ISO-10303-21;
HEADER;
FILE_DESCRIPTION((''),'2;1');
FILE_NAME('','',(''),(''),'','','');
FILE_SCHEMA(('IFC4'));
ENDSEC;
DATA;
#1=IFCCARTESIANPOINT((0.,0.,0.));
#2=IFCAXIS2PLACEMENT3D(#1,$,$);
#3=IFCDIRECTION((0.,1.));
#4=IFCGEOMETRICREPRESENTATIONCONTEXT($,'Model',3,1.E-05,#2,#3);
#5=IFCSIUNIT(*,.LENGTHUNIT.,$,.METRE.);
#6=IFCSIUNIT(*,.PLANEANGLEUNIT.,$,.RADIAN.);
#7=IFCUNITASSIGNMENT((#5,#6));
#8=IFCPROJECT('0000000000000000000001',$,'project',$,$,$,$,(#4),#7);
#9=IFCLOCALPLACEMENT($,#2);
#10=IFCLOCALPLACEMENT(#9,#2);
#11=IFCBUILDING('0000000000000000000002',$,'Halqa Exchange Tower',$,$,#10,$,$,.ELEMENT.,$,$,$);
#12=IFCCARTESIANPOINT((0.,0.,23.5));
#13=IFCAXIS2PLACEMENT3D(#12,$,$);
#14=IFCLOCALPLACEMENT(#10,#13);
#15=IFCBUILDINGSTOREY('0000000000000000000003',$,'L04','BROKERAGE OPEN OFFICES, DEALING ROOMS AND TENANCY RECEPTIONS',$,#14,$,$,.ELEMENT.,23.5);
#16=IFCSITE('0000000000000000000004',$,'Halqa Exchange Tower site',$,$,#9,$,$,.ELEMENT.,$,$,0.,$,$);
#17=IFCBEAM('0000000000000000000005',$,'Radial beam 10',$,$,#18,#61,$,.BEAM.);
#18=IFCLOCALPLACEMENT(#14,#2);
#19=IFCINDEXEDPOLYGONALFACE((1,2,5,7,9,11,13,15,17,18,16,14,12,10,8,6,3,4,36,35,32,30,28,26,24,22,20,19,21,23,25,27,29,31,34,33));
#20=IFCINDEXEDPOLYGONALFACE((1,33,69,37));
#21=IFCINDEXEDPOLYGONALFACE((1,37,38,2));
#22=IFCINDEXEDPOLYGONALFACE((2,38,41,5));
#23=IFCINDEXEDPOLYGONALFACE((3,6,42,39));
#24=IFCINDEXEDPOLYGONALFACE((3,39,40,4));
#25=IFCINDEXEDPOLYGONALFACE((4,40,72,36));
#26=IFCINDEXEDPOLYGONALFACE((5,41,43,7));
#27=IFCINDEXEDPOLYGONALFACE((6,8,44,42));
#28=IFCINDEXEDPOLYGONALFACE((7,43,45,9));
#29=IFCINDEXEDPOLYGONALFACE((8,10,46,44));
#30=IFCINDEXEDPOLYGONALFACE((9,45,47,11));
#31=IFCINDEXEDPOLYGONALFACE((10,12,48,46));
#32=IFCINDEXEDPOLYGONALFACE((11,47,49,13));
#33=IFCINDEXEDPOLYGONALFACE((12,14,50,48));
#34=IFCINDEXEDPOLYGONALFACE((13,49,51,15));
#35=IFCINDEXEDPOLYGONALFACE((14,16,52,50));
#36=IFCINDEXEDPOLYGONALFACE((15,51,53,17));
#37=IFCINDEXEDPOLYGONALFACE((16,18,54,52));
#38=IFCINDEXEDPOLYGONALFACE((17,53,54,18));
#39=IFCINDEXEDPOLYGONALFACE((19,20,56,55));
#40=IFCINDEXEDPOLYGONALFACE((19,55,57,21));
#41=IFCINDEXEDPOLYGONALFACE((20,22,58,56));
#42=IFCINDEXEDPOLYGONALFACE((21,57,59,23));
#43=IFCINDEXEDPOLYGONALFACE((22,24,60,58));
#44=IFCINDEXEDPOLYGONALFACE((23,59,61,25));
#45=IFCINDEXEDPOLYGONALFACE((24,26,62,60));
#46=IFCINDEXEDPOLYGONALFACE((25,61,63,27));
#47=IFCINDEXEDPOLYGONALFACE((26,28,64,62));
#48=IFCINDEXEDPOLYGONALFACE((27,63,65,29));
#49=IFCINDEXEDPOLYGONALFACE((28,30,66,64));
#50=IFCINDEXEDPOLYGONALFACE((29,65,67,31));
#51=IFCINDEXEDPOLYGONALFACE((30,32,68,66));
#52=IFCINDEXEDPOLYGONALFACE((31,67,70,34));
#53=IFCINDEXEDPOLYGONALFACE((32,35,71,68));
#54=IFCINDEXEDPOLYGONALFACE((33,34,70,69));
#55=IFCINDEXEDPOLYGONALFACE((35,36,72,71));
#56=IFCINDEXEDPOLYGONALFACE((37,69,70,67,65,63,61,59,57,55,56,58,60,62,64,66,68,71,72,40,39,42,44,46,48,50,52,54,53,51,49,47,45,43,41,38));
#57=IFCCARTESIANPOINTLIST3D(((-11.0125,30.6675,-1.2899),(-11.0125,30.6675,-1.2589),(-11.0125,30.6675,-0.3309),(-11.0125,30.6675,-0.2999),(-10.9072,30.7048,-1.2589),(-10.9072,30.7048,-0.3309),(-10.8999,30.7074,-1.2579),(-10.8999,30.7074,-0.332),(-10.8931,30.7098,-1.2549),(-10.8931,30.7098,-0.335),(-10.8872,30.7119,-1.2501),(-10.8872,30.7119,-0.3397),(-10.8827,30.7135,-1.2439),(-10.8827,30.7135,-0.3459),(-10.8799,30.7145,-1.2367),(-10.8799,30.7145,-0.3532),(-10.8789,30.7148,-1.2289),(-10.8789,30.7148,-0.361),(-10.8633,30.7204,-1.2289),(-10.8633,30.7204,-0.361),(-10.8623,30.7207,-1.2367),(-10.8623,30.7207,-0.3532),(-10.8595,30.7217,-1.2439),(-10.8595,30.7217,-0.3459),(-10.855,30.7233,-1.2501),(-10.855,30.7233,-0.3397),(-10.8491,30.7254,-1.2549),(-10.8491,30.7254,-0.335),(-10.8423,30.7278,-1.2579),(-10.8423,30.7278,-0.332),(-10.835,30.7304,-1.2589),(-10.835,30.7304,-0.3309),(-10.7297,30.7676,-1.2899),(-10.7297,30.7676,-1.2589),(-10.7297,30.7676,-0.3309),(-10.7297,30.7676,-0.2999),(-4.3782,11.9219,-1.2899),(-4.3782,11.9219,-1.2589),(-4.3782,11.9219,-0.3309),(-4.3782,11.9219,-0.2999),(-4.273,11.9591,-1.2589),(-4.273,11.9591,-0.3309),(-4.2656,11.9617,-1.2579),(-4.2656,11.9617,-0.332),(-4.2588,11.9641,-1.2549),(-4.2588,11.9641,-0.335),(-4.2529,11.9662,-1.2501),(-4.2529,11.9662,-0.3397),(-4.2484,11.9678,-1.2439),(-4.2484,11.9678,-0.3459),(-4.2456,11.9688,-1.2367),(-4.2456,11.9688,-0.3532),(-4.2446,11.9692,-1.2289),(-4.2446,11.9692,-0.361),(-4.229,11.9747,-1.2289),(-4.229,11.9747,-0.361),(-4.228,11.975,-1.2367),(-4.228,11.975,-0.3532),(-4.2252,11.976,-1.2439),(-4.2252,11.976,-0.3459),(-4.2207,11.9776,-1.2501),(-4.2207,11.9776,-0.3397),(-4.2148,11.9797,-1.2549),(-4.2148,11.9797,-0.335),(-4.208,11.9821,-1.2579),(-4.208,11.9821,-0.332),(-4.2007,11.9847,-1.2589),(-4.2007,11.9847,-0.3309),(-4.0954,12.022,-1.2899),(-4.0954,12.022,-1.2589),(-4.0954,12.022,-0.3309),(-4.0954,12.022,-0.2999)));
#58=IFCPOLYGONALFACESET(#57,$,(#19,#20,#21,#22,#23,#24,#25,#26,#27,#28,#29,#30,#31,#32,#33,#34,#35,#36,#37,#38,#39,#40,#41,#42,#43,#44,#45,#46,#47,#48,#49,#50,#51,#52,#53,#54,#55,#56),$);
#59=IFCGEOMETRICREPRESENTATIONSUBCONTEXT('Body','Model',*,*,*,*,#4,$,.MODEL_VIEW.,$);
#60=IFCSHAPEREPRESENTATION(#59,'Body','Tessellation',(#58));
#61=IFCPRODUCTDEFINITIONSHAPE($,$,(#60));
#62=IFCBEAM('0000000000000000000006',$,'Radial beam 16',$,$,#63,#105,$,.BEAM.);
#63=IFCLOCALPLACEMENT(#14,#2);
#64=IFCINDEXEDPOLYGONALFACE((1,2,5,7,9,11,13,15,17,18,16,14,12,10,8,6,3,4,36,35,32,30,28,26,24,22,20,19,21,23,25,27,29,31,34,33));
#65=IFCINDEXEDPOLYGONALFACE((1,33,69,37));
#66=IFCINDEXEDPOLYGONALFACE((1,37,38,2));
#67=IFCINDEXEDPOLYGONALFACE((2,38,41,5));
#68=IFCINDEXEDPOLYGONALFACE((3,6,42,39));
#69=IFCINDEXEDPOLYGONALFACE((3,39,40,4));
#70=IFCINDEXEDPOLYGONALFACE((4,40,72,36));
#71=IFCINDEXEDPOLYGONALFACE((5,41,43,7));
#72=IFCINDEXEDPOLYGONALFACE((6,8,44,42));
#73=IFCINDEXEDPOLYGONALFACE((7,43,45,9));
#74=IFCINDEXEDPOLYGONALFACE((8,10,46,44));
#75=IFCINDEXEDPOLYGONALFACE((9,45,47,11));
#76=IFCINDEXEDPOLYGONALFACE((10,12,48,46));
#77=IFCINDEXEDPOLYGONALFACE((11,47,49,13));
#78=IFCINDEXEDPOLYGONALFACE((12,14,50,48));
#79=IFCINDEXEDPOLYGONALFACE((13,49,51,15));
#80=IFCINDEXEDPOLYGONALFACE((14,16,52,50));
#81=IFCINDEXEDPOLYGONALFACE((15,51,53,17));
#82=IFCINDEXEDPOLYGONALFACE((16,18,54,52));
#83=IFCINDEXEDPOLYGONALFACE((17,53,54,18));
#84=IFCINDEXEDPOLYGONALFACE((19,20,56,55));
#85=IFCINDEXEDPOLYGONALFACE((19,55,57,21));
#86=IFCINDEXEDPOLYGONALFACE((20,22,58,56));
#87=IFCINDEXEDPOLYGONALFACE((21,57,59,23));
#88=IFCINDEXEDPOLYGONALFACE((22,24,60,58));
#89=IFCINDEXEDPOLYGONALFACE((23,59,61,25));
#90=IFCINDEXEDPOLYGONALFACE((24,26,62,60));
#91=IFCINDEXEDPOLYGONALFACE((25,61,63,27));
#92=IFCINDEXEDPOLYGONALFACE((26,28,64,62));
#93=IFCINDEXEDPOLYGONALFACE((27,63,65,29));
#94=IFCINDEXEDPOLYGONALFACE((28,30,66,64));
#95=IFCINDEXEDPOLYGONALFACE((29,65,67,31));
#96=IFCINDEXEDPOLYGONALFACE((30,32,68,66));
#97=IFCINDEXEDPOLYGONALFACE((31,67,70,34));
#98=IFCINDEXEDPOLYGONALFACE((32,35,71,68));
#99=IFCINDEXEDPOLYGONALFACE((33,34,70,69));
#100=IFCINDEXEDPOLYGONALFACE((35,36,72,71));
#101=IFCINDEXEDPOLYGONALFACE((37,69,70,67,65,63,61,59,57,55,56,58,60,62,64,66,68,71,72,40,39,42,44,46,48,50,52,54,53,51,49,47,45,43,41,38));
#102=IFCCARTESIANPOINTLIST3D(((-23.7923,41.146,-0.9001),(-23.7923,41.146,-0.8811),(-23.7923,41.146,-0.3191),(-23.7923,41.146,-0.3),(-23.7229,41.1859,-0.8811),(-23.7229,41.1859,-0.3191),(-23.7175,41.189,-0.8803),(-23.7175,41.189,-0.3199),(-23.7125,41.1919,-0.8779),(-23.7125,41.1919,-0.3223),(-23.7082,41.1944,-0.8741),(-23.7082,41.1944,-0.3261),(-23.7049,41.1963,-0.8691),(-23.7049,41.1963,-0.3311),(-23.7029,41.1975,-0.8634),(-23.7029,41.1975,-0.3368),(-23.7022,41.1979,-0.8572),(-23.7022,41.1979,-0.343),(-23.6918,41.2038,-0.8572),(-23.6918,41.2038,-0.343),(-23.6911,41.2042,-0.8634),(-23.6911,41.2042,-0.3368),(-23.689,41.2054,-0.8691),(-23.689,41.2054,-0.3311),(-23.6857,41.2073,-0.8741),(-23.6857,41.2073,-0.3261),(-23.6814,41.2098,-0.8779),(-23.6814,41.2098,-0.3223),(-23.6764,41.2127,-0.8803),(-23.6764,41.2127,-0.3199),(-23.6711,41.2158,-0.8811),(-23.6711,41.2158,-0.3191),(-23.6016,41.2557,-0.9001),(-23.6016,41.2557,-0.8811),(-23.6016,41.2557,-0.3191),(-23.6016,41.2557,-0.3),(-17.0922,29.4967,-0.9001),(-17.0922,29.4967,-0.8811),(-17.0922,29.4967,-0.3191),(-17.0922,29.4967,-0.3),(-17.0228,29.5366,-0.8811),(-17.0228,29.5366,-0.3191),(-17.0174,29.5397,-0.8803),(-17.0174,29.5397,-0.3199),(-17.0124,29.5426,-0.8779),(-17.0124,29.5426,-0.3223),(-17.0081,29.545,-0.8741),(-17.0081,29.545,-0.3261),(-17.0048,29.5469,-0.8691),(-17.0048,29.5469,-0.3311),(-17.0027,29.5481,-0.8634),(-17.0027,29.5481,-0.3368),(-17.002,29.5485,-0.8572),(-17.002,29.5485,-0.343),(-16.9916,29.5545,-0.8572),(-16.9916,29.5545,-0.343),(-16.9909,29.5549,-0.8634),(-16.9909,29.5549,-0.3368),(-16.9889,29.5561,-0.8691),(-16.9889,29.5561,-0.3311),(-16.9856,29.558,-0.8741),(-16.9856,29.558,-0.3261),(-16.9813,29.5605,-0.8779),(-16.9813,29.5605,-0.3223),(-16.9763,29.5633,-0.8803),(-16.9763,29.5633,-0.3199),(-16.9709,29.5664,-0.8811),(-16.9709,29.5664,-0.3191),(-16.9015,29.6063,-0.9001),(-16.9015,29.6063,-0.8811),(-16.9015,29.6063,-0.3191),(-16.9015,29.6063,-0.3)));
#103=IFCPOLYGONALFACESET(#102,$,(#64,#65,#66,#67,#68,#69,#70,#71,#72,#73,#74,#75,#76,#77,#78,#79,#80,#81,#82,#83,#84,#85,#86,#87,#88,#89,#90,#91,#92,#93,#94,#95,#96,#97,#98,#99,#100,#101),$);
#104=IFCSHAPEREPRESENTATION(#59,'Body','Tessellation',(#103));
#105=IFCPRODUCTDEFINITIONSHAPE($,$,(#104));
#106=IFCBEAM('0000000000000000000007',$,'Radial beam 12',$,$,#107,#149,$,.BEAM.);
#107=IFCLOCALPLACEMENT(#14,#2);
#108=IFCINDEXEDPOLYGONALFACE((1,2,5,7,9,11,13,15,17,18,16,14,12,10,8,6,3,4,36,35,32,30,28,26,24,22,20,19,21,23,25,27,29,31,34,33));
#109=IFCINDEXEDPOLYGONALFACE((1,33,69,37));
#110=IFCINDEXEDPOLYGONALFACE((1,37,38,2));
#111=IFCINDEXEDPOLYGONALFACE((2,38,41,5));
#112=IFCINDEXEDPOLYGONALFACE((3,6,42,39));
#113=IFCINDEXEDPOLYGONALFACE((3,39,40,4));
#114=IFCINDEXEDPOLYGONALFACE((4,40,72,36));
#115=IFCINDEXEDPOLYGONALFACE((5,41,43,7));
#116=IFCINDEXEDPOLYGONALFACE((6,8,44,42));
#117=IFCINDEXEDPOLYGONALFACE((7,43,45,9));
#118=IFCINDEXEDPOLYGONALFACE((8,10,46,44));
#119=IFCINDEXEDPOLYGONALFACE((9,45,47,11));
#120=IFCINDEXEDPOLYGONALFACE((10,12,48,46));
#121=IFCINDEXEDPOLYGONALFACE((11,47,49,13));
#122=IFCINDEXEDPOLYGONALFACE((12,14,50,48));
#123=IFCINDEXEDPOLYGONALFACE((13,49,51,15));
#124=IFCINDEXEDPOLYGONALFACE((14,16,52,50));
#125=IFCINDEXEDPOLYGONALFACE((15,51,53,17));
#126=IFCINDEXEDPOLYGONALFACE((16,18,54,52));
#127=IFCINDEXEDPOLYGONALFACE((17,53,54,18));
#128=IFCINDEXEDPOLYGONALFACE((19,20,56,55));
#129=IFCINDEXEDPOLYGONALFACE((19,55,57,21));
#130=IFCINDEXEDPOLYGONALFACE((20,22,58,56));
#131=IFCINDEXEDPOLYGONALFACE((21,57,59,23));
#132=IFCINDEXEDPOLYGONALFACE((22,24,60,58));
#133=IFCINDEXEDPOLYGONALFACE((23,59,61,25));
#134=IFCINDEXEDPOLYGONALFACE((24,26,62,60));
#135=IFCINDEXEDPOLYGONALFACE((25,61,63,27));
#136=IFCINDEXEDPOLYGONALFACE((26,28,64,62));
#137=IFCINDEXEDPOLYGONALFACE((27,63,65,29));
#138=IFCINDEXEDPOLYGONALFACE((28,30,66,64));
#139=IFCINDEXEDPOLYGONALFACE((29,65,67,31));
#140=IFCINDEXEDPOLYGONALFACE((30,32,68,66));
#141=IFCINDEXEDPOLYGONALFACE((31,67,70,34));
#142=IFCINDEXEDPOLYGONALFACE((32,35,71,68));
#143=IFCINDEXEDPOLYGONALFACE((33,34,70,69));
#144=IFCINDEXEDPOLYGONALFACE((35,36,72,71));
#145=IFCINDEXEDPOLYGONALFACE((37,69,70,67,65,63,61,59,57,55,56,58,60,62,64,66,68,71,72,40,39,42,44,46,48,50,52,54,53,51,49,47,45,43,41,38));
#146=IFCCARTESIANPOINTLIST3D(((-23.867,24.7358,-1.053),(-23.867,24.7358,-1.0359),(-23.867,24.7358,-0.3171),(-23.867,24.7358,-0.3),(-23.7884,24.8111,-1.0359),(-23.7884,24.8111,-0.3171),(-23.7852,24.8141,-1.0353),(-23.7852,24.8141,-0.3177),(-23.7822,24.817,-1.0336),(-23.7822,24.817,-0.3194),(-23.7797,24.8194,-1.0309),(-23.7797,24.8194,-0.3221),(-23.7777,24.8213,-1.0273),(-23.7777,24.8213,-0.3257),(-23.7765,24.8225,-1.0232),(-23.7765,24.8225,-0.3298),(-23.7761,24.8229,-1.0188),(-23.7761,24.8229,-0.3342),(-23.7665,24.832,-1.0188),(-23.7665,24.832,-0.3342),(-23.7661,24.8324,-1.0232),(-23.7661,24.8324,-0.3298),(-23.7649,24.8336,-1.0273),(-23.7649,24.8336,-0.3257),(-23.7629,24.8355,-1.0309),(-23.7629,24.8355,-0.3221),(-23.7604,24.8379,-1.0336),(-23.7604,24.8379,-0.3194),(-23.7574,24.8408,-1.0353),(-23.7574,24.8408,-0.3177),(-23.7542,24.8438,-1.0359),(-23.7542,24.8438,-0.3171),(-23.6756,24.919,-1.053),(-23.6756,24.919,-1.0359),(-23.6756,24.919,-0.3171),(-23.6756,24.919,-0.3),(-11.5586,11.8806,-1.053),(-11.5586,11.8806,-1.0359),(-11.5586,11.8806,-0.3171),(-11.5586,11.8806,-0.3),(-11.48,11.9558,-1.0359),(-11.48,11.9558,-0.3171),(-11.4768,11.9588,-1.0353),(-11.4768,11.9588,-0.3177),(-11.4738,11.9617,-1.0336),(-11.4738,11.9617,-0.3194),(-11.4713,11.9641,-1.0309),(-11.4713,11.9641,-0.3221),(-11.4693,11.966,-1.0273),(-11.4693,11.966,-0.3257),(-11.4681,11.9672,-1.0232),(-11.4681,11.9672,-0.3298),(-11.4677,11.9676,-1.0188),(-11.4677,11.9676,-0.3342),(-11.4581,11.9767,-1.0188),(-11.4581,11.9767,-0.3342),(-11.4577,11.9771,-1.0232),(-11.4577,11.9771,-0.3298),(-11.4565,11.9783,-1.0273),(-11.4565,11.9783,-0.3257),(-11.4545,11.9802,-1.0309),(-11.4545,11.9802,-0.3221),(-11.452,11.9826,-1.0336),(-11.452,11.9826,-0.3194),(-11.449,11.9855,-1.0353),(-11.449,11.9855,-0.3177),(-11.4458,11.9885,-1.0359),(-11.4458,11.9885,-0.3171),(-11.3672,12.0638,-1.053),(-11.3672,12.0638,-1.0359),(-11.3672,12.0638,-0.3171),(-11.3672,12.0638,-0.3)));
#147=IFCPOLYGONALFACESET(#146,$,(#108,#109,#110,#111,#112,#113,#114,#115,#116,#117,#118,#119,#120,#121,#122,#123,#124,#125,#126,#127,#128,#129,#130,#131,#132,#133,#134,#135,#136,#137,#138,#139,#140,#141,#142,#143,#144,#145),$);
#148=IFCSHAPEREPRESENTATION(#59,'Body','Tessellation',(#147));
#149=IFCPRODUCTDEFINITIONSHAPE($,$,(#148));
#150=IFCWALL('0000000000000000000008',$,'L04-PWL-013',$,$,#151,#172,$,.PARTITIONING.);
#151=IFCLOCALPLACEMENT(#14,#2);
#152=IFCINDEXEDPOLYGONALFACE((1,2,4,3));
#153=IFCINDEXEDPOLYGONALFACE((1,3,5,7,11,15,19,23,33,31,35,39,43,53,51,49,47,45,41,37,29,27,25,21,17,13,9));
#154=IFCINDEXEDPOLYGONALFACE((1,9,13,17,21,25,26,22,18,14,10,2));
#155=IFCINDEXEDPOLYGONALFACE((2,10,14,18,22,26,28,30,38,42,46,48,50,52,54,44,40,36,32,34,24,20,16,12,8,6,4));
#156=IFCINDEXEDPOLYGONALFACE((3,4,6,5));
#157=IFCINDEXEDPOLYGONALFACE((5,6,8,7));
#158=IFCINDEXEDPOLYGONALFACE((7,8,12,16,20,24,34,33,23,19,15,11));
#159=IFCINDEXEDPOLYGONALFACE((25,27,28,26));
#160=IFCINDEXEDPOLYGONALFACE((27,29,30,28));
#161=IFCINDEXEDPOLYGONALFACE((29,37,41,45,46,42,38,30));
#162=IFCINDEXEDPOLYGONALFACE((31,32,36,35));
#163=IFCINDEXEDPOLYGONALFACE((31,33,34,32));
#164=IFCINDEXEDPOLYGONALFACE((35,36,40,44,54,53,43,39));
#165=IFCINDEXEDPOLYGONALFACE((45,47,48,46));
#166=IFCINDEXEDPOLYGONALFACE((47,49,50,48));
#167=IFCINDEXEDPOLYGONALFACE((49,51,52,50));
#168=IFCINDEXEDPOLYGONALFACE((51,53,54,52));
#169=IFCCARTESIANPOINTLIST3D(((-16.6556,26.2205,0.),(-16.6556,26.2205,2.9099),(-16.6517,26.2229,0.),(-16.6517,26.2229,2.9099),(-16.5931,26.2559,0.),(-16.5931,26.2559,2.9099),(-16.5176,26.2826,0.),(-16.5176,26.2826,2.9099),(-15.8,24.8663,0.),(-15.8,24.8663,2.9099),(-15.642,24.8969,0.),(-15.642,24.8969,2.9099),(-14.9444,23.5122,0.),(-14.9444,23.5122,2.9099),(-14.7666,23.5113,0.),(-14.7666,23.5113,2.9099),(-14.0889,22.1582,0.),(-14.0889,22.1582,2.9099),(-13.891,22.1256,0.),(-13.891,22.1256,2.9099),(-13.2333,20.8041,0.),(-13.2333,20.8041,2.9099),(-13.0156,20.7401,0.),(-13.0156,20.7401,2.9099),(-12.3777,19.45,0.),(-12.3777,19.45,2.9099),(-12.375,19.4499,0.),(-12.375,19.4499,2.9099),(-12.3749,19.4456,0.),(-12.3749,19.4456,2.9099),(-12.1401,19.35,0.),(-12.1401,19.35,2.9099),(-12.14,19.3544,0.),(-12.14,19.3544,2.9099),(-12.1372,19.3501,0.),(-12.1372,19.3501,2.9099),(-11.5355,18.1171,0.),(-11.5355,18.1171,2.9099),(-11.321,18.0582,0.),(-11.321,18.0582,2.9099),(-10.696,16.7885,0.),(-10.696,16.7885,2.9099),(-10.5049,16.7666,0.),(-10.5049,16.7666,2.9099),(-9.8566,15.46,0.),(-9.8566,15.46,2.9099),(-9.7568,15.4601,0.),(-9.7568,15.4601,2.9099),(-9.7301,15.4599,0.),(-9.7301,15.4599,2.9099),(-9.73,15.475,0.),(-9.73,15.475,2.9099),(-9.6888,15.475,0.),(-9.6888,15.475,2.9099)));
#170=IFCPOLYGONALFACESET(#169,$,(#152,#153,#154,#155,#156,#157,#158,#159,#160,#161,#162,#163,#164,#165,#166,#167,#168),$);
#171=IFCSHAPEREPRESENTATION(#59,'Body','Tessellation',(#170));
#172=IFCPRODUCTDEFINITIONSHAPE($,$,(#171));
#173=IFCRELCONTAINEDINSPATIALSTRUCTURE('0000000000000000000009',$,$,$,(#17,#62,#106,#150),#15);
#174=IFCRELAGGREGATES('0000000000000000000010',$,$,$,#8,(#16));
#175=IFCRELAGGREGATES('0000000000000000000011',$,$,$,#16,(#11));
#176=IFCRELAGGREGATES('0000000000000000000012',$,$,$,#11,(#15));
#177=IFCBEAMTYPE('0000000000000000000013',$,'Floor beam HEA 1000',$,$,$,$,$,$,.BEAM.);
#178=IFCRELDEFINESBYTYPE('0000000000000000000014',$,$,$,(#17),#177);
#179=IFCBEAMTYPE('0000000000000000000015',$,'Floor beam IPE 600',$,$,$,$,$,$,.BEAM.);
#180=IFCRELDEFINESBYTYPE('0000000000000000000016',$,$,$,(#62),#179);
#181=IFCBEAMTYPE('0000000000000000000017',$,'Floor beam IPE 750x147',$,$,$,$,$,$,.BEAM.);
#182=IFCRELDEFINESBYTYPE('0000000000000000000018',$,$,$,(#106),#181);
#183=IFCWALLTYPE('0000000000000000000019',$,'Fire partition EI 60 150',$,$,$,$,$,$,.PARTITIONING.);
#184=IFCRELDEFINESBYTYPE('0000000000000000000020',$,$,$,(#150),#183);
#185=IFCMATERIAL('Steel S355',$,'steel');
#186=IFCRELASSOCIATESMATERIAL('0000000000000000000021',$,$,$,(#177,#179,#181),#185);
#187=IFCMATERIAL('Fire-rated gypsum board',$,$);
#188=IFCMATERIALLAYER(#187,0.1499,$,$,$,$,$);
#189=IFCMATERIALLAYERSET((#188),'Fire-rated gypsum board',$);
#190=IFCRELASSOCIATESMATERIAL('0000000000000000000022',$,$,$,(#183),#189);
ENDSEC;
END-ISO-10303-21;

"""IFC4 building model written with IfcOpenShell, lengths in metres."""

from ifc_helpers import new_model, si_unit, direction, frame, origin, origin_2d, place, context, subcontext, project, spatial, polyline, i_section, outline, extrude, material, layer, layer_set, material_profile, profile_set, type_object, element, save


model = new_model("IFC4")

# Units and contexts
model_context = context("Model", 3, precision=1e-05, world=origin(), true_north=direction((0.0, 1.0)))
body_context = subcontext(model_context, "Body", "Model", "MODEL_VIEW")
ifc_project = project(units=[si_unit("LENGTHUNIT", "METRE"), si_unit("PLANEANGLEUNIT", "RADIAN")], contexts=[model_context])

# Site, building, storey
site_placement = place(None, origin())
site = spatial("IfcSite", under=ifc_project, at=site_placement, Name="Halqa Exchange Tower site", CompositionType="ELEMENT", RefElevation=0.0)
building_placement = place(site_placement, origin())
building = spatial("IfcBuilding", under=site, at=building_placement, Name="Halqa Exchange Tower", CompositionType="ELEMENT")
storey_placement = place(building_placement, frame((0.0, 0.0, 23.5)))
storey = spatial("IfcBuildingStorey", under=building, at=storey_placement, Name="L04", Description="BROKERAGE OPEN OFFICES, DEALING ROOMS AND TENANCY RECEPTIONS", CompositionType="ELEMENT", Elevation=23.5)

# Beams
ifc_material_1 = material(Name="Steel S355", Category="steel")
ifc_material_profile_1 = material_profile(ifc_material_1, i_section(OverallWidth=0.3, OverallDepth=0.99, WebThickness=0.0166, FlangeThickness=0.031, FilletRadius=0.03, at=origin_2d()), Name="HEA 1000")
ifc_profile_set_1 = profile_set([ifc_material_profile_1], Name="Steel S355")
beam_type_1 = type_object("IfcBeamType", Name="Floor beam HEA 1000", PredefinedType="BEAM", material=ifc_profile_set_1)
beam_1_placement = place(storey_placement, frame((-4.2368, 11.9719, -0.7949), z_axis=(-0.333633, 0.942703, 0.0), x_axis=(-0.942703, -0.333633, 0.0)))
element("IfcBeam", 1, at=beam_1_placement, inside=storey, type_object=beam_type_1, Name="Radial beam 10", PredefinedType="BEAM", context=body_context, shape_type="SweptSolid", body=[
    extrude(i_section(OverallWidth=0.3, OverallDepth=0.99, WebThickness=0.0166, FlangeThickness=0.031, FilletRadius=0.03, at=origin_2d()), origin(), (0.0, 0.0, 1.0), 19.885),
])
ifc_material_profile_2 = material_profile(ifc_material_1, i_section(OverallWidth=0.22, OverallDepth=0.6001, WebThickness=0.012, FlangeThickness=0.019, FilletRadius=0.0239, at=origin_2d()), Name="IPE 600")
ifc_profile_set_2 = profile_set([ifc_material_profile_2], Name="Steel S355")
beam_type_2 = type_object("IfcBeamType", Name="Floor beam IPE 600", PredefinedType="BEAM", material=ifc_profile_set_2)
beam_2_placement = place(storey_placement, frame((-16.9968, 29.5515, -0.6001), z_axis=(-0.498571, 0.866849, 0.0), x_axis=(-0.866849, -0.498571, 0.0)))
element("IfcBeam", 2, at=beam_2_placement, inside=storey, type_object=beam_type_2, Name="Radial beam 16", PredefinedType="BEAM", context=body_context, shape_type="SweptSolid", body=[
    extrude(i_section(OverallWidth=0.22, OverallDepth=0.6001, WebThickness=0.012, FlangeThickness=0.019, FilletRadius=0.0239, at=origin_2d()), origin(), (0.0, 0.0, 1.0), 13.4387),
])
ifc_material_profile_3 = material_profile(ifc_material_1, i_section(OverallWidth=0.2649, OverallDepth=0.7529, WebThickness=0.0132, FlangeThickness=0.0171, FilletRadius=0.0171, at=origin_2d()), Name="IPE 750x147")
ifc_profile_set_3 = profile_set([ifc_material_profile_3], Name="Steel S355")
beam_type_3 = type_object("IfcBeamType", Name="Floor beam IPE 750x147", PredefinedType="BEAM", material=ifc_profile_set_3)
beam_3_placement = place(storey_placement, frame((-11.4629, 11.9722, -0.6765), z_axis=(-0.691576, 0.722304, 0.0), x_axis=(-0.722304, -0.691576, 0.0)))
element("IfcBeam", 3, at=beam_3_placement, inside=storey, type_object=beam_type_3, Name="Radial beam 12", PredefinedType="BEAM", context=body_context, shape_type="SweptSolid", body=[
    extrude(i_section(OverallWidth=0.2649, OverallDepth=0.7529, WebThickness=0.0132, FlangeThickness=0.0171, FilletRadius=0.0171, at=origin_2d()), origin(), (0.0, 0.0, 1.0), 17.7976),
])

# Wall
ifc_material_2 = material(Name="Fire-rated gypsum board")
ifc_layer_1 = layer(ifc_material_2, 0.1499)
ifc_layer_set_1 = layer_set([ifc_layer_1], Name="Fire-rated gypsum board")
wall_type_1 = type_object("IfcWallType", Name="Fire partition EI 60 150", PredefinedType="PARTITIONING", material=ifc_layer_set_1)
wall_1_placement = place(storey_placement, frame((-16.5923, 26.2605, 0.0), z_axis=(0.0, 0.0, 1.0), x_axis=(0.534159, -0.845384, 0.0)))
element("IfcWall", 4, at=wall_1_placement, inside=storey, type_object=wall_type_1, Name="L04-PWL-013", PredefinedType="PARTITIONING", context=body_context, shape_type="SweptSolid", body=[
    extrude(outline(polyline([(0.0, -0.075), (1.6018, -0.075), (3.2036, -0.075), (4.8052, -0.075), (6.407, -0.075), (8.0088, -0.075), (8.0103, -0.0728), (8.0139, -0.075), (9.5854, -0.075), (11.157, -0.075), (12.7285, -0.075), (12.7817, 0.0095), (12.7817, 0.0095), (12.7961, 0.032), (12.7834, 0.04), (12.8054, 0.075), (12.8054, 0.075), (11.2776, 0.075), (9.7498, 0.075), (8.2217, 0.075), (8.2202, 0.0725), (8.2166, 0.075), (6.5774, 0.075), (4.9385, 0.075), (3.2993, 0.075), (1.6604, 0.075), (0.0212, 0.075), (0.0034, -0.0032), (0.0, -0.0703), (0.0, -0.075)])), origin(), (0.0, 0.0, 1.0), 2.9099),
])

save(model, "model.ifc")
